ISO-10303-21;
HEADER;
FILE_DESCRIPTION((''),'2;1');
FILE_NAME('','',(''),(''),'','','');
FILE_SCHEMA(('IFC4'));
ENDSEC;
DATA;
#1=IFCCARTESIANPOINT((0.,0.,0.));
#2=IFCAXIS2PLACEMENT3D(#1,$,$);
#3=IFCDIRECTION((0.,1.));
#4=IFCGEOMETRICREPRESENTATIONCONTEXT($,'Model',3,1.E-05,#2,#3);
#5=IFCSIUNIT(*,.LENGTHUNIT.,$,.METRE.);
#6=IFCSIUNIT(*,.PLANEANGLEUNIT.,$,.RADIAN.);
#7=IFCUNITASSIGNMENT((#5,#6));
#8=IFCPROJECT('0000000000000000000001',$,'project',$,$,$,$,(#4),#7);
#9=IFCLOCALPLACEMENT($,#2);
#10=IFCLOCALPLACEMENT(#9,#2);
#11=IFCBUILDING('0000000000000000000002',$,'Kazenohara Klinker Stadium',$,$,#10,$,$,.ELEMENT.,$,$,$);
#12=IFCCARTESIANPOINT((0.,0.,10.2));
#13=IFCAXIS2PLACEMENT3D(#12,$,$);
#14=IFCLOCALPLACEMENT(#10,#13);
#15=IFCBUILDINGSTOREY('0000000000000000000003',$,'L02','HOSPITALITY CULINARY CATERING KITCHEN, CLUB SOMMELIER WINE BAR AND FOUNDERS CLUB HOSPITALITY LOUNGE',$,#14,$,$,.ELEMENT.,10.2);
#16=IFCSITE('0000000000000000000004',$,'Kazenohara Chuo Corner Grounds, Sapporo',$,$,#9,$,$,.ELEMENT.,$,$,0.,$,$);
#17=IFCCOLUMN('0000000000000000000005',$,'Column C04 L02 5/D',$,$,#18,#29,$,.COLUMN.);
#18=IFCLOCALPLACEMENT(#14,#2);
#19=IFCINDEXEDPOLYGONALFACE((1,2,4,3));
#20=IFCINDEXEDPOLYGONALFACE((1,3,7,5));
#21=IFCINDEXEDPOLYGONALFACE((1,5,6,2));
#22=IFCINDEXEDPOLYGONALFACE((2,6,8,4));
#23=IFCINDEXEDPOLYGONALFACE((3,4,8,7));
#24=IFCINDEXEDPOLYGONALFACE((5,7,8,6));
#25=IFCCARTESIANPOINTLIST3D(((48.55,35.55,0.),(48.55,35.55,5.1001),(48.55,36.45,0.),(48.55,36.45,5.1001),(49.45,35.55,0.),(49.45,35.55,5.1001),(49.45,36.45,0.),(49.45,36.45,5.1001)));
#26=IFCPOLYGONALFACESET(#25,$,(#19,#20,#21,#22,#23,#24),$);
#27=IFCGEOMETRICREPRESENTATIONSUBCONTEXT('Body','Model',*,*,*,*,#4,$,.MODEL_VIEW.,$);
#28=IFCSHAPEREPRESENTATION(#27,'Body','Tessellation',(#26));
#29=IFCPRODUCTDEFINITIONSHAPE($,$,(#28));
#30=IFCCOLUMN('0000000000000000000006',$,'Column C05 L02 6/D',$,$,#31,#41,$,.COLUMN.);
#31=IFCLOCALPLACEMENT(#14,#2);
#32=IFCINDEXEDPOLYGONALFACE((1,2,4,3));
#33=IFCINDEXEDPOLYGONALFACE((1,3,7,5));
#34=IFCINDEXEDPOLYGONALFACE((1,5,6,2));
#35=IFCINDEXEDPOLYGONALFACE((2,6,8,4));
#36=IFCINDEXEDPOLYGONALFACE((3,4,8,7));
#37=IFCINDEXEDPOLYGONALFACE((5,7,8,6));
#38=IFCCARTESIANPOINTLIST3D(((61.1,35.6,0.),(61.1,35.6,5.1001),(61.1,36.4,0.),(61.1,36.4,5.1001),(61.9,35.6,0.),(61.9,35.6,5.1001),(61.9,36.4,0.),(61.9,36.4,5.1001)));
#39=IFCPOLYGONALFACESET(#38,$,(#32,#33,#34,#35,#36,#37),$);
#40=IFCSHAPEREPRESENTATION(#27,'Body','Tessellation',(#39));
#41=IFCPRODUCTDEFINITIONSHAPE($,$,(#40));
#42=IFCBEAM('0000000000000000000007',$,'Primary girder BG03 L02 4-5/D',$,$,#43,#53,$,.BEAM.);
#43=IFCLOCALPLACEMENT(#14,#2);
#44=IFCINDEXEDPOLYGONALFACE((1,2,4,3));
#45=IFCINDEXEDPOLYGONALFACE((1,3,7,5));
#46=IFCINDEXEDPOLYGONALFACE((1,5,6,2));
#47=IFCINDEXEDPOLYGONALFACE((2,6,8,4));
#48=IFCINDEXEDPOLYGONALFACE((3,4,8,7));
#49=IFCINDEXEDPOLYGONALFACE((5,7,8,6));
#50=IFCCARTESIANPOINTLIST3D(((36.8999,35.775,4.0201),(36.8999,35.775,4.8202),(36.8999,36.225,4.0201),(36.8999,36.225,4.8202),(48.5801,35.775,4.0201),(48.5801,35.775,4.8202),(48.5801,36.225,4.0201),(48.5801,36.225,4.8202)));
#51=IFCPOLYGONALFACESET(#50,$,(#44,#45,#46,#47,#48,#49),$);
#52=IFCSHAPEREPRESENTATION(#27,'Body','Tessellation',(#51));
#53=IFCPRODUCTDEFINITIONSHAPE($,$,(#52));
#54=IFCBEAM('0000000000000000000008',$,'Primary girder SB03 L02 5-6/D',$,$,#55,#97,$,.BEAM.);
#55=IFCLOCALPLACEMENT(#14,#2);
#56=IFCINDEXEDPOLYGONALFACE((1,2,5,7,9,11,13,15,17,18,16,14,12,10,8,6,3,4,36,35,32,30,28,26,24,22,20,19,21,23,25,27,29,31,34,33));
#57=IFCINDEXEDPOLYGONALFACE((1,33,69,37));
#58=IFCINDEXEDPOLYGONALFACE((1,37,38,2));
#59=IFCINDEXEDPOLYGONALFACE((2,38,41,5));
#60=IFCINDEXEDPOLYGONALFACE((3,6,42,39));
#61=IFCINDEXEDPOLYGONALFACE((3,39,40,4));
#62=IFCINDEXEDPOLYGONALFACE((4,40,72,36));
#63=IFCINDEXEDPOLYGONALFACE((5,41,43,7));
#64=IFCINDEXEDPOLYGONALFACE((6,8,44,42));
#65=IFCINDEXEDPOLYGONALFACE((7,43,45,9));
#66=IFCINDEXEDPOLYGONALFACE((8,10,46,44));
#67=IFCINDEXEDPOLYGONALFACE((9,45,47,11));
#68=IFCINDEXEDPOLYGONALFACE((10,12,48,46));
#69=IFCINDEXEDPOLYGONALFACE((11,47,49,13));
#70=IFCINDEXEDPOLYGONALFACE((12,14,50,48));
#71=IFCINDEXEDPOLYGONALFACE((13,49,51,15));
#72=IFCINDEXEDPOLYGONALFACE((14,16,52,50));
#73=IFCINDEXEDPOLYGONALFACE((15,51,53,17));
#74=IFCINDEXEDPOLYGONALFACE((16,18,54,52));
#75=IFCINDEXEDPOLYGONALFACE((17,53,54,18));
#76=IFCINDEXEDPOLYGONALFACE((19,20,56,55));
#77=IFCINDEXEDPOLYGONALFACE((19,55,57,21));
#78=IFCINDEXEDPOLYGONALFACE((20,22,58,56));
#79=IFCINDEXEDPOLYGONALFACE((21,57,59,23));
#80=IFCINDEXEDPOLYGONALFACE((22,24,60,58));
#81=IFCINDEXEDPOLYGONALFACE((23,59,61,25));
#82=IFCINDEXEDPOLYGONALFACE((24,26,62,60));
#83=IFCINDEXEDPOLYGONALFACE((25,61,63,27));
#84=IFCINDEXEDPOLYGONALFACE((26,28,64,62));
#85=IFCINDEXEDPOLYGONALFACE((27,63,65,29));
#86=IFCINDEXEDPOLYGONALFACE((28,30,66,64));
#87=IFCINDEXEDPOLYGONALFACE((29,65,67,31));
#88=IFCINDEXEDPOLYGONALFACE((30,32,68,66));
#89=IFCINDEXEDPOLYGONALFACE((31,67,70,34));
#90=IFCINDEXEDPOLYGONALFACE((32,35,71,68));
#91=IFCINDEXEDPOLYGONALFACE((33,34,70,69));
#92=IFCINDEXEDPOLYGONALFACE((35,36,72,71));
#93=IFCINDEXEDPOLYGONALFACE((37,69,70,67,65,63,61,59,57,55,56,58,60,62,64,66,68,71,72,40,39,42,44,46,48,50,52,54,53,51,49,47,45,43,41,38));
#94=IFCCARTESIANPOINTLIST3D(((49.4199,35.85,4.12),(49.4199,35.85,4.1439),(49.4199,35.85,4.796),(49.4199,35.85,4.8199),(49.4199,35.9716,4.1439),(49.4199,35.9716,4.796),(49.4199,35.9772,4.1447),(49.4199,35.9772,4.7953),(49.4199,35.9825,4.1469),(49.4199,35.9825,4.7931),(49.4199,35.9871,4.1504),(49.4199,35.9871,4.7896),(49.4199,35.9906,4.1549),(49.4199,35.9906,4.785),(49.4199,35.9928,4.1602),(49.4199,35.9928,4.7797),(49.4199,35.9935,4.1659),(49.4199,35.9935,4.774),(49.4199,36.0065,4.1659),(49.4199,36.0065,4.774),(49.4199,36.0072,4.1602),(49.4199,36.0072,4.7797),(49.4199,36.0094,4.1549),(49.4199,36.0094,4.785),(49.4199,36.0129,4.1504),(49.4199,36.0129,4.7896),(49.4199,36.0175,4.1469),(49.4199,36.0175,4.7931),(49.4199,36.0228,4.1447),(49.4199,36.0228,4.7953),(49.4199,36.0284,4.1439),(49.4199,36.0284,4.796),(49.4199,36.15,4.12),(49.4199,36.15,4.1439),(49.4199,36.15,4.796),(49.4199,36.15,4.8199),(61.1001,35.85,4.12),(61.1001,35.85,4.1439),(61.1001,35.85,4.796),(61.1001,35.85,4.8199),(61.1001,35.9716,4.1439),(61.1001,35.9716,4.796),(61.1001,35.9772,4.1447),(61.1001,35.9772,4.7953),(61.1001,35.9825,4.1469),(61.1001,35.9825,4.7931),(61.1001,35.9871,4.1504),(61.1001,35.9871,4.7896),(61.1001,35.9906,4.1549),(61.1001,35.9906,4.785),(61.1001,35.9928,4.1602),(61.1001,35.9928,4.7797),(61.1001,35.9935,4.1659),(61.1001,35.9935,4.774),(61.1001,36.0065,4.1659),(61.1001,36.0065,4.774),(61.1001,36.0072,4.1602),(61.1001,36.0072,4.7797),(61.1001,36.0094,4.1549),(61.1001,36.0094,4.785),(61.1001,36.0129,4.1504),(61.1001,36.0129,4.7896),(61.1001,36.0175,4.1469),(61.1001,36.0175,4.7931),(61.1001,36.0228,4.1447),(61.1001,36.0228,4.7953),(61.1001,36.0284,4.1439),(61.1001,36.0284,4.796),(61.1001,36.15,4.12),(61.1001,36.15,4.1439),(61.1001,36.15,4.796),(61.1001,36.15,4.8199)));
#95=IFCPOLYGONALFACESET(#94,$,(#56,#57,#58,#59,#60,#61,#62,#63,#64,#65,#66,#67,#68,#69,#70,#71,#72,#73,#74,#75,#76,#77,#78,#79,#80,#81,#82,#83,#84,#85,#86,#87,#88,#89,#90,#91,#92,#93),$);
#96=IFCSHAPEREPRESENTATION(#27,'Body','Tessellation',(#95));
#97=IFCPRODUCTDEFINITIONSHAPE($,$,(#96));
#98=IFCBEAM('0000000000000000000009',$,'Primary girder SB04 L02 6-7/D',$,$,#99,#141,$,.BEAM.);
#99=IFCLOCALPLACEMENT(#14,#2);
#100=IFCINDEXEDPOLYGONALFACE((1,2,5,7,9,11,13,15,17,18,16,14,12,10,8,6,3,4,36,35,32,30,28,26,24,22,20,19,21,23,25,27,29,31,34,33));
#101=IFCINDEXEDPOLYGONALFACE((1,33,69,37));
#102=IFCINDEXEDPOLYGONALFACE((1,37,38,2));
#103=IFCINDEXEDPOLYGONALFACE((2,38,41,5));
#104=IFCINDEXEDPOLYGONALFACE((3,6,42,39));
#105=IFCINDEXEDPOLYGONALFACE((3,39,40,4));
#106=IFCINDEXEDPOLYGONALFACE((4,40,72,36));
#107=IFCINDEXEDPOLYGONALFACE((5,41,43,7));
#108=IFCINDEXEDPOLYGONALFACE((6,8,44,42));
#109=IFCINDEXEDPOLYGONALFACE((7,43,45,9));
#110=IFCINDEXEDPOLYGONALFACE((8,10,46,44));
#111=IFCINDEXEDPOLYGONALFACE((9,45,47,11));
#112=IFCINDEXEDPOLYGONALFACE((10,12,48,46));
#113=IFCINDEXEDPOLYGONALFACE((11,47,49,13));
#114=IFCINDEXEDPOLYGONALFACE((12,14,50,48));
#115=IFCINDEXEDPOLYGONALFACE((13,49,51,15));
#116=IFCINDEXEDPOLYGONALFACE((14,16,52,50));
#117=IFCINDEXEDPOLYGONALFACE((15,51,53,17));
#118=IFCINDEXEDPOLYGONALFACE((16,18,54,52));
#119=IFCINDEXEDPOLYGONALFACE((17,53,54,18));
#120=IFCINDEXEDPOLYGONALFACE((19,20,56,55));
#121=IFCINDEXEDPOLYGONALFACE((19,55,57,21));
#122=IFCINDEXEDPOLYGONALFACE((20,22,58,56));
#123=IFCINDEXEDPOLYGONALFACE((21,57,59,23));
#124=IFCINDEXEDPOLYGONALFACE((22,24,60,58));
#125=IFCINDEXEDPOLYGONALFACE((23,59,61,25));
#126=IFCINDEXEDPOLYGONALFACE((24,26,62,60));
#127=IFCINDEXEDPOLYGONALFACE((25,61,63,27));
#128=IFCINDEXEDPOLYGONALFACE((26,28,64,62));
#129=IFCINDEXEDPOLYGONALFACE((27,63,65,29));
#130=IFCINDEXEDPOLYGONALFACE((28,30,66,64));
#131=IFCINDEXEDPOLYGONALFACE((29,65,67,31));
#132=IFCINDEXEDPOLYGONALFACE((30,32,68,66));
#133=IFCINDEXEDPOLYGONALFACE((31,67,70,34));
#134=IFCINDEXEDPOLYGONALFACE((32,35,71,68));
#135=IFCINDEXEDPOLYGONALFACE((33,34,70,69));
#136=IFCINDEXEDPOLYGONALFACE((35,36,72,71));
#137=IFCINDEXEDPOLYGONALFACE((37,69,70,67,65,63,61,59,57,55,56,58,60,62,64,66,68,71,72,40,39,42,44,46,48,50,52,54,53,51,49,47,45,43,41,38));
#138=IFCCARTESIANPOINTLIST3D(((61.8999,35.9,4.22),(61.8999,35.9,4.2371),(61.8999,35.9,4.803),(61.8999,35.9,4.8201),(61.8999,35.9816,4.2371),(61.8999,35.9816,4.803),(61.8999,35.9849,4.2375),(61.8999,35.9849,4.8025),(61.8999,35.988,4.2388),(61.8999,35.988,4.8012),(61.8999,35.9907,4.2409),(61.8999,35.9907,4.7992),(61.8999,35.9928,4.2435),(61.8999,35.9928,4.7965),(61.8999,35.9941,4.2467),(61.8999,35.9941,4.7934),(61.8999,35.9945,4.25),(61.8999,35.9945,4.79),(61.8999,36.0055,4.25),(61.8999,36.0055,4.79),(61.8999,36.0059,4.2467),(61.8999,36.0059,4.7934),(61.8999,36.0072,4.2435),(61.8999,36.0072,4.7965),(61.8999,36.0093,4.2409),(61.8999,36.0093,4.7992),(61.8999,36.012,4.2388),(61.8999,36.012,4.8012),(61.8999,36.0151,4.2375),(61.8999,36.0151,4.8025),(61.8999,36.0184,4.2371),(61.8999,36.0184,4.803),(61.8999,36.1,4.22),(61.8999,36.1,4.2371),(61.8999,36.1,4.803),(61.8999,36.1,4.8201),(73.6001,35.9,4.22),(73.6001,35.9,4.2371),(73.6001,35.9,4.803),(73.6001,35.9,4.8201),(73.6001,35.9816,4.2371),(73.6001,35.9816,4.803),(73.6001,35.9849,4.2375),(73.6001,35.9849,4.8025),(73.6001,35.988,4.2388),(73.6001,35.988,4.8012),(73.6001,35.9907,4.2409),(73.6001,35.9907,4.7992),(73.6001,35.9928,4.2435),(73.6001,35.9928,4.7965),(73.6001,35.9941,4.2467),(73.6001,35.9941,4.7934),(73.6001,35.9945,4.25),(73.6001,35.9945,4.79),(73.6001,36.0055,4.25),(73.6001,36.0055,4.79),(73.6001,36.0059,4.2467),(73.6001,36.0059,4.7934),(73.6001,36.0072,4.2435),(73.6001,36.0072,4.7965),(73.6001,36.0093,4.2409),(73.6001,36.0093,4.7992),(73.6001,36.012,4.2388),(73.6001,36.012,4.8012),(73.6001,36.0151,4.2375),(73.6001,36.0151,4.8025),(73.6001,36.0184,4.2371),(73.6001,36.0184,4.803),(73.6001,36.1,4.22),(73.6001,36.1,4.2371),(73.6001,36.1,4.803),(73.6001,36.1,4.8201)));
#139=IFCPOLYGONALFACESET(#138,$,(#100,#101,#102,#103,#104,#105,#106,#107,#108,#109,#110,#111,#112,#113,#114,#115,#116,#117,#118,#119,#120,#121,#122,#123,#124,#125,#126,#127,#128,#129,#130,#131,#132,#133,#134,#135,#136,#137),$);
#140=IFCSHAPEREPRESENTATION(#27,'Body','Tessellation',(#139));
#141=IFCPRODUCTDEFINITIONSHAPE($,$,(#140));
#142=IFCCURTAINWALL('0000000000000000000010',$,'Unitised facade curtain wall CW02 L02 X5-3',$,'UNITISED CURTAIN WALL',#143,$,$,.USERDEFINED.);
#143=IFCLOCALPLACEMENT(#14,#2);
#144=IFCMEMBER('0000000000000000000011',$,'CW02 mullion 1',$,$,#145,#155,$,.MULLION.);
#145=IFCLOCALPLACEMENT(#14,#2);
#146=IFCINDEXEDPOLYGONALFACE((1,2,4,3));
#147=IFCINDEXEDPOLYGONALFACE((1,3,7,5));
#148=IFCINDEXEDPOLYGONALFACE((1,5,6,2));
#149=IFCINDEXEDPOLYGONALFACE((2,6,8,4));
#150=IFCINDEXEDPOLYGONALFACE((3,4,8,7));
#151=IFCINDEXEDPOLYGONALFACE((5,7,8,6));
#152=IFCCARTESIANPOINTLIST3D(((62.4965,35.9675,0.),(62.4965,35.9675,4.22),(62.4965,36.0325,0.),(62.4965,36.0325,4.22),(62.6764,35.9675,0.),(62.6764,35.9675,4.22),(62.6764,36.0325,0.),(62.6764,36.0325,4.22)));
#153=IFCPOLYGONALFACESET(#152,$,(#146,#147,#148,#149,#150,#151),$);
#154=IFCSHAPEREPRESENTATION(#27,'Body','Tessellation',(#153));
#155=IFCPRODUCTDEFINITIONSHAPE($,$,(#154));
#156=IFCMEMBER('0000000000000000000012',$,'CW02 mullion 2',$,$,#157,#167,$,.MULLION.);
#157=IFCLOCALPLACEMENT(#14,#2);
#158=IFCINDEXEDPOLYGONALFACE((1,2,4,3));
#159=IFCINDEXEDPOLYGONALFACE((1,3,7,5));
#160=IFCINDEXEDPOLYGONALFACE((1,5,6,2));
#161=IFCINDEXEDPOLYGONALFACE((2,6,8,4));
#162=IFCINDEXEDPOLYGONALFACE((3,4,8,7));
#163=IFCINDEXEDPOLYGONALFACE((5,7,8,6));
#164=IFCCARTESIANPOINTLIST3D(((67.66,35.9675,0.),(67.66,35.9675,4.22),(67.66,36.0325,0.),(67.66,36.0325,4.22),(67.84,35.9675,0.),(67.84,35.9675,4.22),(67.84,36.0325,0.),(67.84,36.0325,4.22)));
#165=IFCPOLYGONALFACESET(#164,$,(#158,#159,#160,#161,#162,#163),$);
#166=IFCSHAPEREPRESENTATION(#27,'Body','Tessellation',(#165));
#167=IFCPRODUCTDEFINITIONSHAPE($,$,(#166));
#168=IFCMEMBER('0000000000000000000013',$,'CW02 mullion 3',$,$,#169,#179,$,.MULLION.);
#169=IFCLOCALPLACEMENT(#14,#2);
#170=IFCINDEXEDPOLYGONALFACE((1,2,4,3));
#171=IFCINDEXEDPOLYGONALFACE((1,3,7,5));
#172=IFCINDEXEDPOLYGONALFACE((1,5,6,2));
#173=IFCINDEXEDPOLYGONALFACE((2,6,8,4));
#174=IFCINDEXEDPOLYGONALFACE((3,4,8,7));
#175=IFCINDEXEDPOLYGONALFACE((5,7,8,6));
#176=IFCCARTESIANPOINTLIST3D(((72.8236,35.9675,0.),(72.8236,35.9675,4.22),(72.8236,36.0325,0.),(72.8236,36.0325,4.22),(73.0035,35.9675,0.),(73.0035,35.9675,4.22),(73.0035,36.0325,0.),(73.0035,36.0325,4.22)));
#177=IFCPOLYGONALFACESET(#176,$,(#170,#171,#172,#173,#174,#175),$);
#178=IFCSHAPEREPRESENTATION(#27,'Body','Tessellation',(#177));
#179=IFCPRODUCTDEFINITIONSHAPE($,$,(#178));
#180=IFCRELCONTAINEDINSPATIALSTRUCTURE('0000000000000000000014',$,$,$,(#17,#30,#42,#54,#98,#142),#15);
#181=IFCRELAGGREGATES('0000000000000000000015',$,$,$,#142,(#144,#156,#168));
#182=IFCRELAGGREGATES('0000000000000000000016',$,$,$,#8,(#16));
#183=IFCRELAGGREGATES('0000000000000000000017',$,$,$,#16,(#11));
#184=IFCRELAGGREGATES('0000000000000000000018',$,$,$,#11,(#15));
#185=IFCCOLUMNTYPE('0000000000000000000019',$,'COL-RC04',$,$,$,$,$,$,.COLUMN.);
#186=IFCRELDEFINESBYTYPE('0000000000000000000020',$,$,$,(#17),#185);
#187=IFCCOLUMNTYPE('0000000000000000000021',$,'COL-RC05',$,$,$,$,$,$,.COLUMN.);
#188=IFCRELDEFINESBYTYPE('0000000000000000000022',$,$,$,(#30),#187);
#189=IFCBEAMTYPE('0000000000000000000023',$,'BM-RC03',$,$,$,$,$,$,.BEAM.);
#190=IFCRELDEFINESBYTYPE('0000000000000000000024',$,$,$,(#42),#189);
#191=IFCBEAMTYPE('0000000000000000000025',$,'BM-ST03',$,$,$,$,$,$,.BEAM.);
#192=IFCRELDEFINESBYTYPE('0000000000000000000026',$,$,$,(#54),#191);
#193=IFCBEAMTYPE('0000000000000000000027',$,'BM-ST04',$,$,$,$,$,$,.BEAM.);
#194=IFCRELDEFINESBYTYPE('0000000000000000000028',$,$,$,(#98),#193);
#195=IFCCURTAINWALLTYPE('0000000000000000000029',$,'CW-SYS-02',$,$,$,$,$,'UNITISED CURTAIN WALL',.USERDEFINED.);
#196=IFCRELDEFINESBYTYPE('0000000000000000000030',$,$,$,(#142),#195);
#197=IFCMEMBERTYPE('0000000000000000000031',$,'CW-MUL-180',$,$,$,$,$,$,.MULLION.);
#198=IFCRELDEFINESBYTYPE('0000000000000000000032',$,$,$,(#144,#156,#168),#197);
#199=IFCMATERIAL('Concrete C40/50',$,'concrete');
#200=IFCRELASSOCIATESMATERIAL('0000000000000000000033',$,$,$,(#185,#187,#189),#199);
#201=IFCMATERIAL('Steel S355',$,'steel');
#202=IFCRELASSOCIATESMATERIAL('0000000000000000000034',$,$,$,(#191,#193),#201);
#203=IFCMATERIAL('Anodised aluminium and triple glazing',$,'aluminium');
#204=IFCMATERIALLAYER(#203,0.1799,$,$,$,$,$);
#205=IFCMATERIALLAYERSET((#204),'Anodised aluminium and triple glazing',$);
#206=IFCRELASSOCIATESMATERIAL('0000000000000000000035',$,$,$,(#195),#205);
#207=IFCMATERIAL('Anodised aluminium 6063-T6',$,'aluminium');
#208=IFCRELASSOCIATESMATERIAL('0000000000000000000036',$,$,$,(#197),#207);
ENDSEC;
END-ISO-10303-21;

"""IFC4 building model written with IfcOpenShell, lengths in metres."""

from ifc_helpers import new_model, si_unit, direction, frame, origin, origin_2d, place, context, subcontext, project, spatial, rectangle, i_section, extrude, material, layer, layer_set, material_profile, profile_set, type_object, element, aggregate, save


model = new_model("IFC4")

# Units and contexts
model_context = context("Model", 3, precision=1e-05, world=origin(), true_north=direction((0.0, 1.0)))
body_context = subcontext(model_context, "Body", "Model", "MODEL_VIEW")
ifc_project = project(units=[si_unit("LENGTHUNIT", "METRE"), si_unit("PLANEANGLEUNIT", "RADIAN")], contexts=[model_context])

# Site, building, storey
site_placement = place(None, origin())
site = spatial("IfcSite", under=ifc_project, at=site_placement, Name="Kazenohara Chuo Corner Grounds, Sapporo", CompositionType="ELEMENT", RefElevation=0.0)
building_placement = place(site_placement, origin())
building = spatial("IfcBuilding", under=site, at=building_placement, Name="Kazenohara Klinker Stadium", CompositionType="ELEMENT")
storey_placement = place(building_placement, frame((0.0, 0.0, 10.2)))
storey = spatial("IfcBuildingStorey", under=building, at=storey_placement, Name="L02", Description="HOSPITALITY CULINARY CATERING KITCHEN, CLUB SOMMELIER WINE BAR AND FOUNDERS CLUB HOSPITALITY LOUNGE", CompositionType="ELEMENT", Elevation=10.2)

# Columns
ifc_material_1 = material(Name="Concrete C40/50", Category="concrete")
ifc_material_profile_1 = material_profile(ifc_material_1, rectangle(XDim=0.8999, YDim=0.8999, at=origin_2d()), Name="RC-COL-900x900")
ifc_profile_set_1 = profile_set([ifc_material_profile_1], Name="Concrete C40/50")
column_type_1 = type_object("IfcColumnType", Name="COL-RC04", PredefinedType="COLUMN", material=ifc_profile_set_1)
column_1_placement = place(storey_placement, frame((49.0, 36.0, 0.0), z_axis=(0.0, 0.0, 1.0), x_axis=(1.0, 0.0, 0.0)))
element("IfcColumn", 1, at=column_1_placement, inside=storey, type_object=column_type_1, Name="Column C04 L02 5/D", PredefinedType="COLUMN", context=body_context, shape_type="SweptSolid", body=[
    extrude(rectangle(XDim=0.8999, YDim=0.8999, at=origin_2d()), origin(), (0.0, 0.0, 1.0), 5.1001),
])
ifc_material_profile_2 = material_profile(ifc_material_1, rectangle(XDim=0.8, YDim=0.8, at=origin_2d()), Name="RC-COL-800x800")
ifc_profile_set_2 = profile_set([ifc_material_profile_2], Name="Concrete C40/50")
column_type_2 = type_object("IfcColumnType", Name="COL-RC05", PredefinedType="COLUMN", material=ifc_profile_set_2)
column_2_placement = place(storey_placement, frame((61.5, 36.0, 0.0), z_axis=(0.0, 0.0, 1.0), x_axis=(1.0, 0.0, 0.0)))
element("IfcColumn", 2, at=column_2_placement, inside=storey, type_object=column_type_2, Name="Column C05 L02 6/D", PredefinedType="COLUMN", context=body_context, shape_type="SweptSolid", body=[
    extrude(rectangle(XDim=0.8, YDim=0.8, at=origin_2d()), origin(), (0.0, 0.0, 1.0), 5.1001),
])

# Beams
ifc_material_profile_3 = material_profile(ifc_material_1, rectangle(XDim=0.45, YDim=0.8, at=origin_2d()), Name="RC-BM-450x800")
ifc_profile_set_3 = profile_set([ifc_material_profile_3], Name="Concrete C40/50")
beam_type_1 = type_object("IfcBeamType", Name="BM-RC03", PredefinedType="BEAM", material=ifc_profile_set_3)
beam_1_placement = place(storey_placement, frame((36.8999, 36.0, 4.4202), z_axis=(1.0, 0.0, 0.0), x_axis=(0.0, 1.0, 0.0)))
element("IfcBeam", 3, at=beam_1_placement, inside=storey, type_object=beam_type_1, Name="Primary girder BG03 L02 4-5/D", PredefinedType="BEAM", context=body_context, shape_type="SweptSolid", body=[
    extrude(rectangle(XDim=0.45, YDim=0.8, at=origin_2d()), origin(), (0.0, 0.0, 1.0), 11.6802),
])
ifc_material_2 = material(Name="Steel S355", Category="steel")
ifc_material_profile_4 = material_profile(ifc_material_2, i_section(OverallWidth=0.3, OverallDepth=0.7, WebThickness=0.0129, FlangeThickness=0.0239, FilletRadius=0.022, at=origin_2d()), Name="H-700x300x13x24")
ifc_profile_set_4 = profile_set([ifc_material_profile_4], Name="Steel S355")
beam_type_2 = type_object("IfcBeamType", Name="BM-ST03", PredefinedType="BEAM", material=ifc_profile_set_4)
beam_2_placement = place(storey_placement, frame((49.4199, 36.0, 4.47), z_axis=(1.0, 0.0, 0.0), x_axis=(0.0, 1.0, 0.0)))
element("IfcBeam", 4, at=beam_2_placement, inside=storey, type_object=beam_type_2, Name="Primary girder SB03 L02 5-6/D", PredefinedType="BEAM", context=body_context, shape_type="SweptSolid", body=[
    extrude(i_section(OverallWidth=0.3, OverallDepth=0.7, WebThickness=0.0129, FlangeThickness=0.0239, FilletRadius=0.022, at=origin_2d()), origin(), (0.0, 0.0, 1.0), 11.6802),
])
ifc_material_profile_5 = material_profile(ifc_material_2, i_section(OverallWidth=0.2, OverallDepth=0.6001, WebThickness=0.011, FlangeThickness=0.0171, FilletRadius=0.0129, at=origin_2d()), Name="H-600x200x11x17")
ifc_profile_set_5 = profile_set([ifc_material_profile_5], Name="Steel S355")
beam_type_3 = type_object("IfcBeamType", Name="BM-ST04", PredefinedType="BEAM", material=ifc_profile_set_5)
beam_3_placement = place(storey_placement, frame((61.8999, 36.0, 4.52), z_axis=(1.0, 0.0, 0.0), x_axis=(0.0, 1.0, 0.0)))
element("IfcBeam", 5, at=beam_3_placement, inside=storey, type_object=beam_type_3, Name="Primary girder SB04 L02 6-7/D", PredefinedType="BEAM", context=body_context, shape_type="SweptSolid", body=[
    extrude(i_section(OverallWidth=0.2, OverallDepth=0.6001, WebThickness=0.011, FlangeThickness=0.0171, FilletRadius=0.0129, at=origin_2d()), origin(), (0.0, 0.0, 1.0), 11.7002),
])

# Curtain wall, members
ifc_material_3 = material(Name="Anodised aluminium and triple glazing", Category="aluminium")
ifc_layer_1 = layer(ifc_material_3, 0.1799)
ifc_layer_set_1 = layer_set([ifc_layer_1], Name="Anodised aluminium and triple glazing")
curtain_wall_type = type_object("IfcCurtainWallType", Name="CW-SYS-02", ElementType="UNITISED CURTAIN WALL", PredefinedType="USERDEFINED", material=ifc_layer_set_1)
curtain_wall_placement = place(storey_placement, origin())
curtain_wall = element("IfcCurtainWall", 6, at=curtain_wall_placement, inside=storey, type_object=curtain_wall_type, Name="Unitised facade curtain wall CW02 L02 X5-3", ObjectType="UNITISED CURTAIN WALL", PredefinedType="USERDEFINED")
ifc_material_4 = material(Name="Anodised aluminium 6063-T6", Category="aluminium")
ifc_material_profile_6 = material_profile(ifc_material_4, rectangle(XDim=0.0649, YDim=0.1799, at=origin_2d()), Name="ALU-MUL-65x180")
ifc_profile_set_6 = profile_set([ifc_material_profile_6], Name="Anodised aluminium 6063-T6")
member_type_1 = type_object("IfcMemberType", Name="CW-MUL-180", PredefinedType="MULLION", material=ifc_profile_set_6)
member_1_placement = place(storey_placement, frame((62.5864, 36.0, 0.0), z_axis=(0.0, 0.0, 1.0), x_axis=(0.0, 1.0, 0.0)))
member_1 = element("IfcMember", 7, at=member_1_placement, type_object=member_type_1, Name="CW02 mullion 1", PredefinedType="MULLION", context=body_context, shape_type="SweptSolid", body=[
    extrude(rectangle(XDim=0.0649, YDim=0.1799, at=origin_2d()), origin(), (0.0, 0.0, 1.0), 4.22),
])
member_2_placement = place(storey_placement, frame((67.75, 36.0, 0.0), z_axis=(0.0, 0.0, 1.0), x_axis=(0.0, 1.0, 0.0)))
member_2 = element("IfcMember", 8, at=member_2_placement, type_object=member_type_1, Name="CW02 mullion 2", PredefinedType="MULLION", context=body_context, shape_type="SweptSolid", body=[
    extrude(rectangle(XDim=0.0649, YDim=0.1799, at=origin_2d()), origin(), (0.0, 0.0, 1.0), 4.22),
])
member_3_placement = place(storey_placement, frame((72.9136, 36.0, 0.0), z_axis=(0.0, 0.0, 1.0), x_axis=(0.0, 1.0, 0.0)))
member_3 = element("IfcMember", 9, at=member_3_placement, type_object=member_type_1, Name="CW02 mullion 3", PredefinedType="MULLION", context=body_context, shape_type="SweptSolid", body=[
    extrude(rectangle(XDim=0.0649, YDim=0.1799, at=origin_2d()), origin(), (0.0, 0.0, 1.0), 4.22),
])

aggregate(curtain_wall, [member_1, member_2, member_3])

save(model, "model.ifc")
